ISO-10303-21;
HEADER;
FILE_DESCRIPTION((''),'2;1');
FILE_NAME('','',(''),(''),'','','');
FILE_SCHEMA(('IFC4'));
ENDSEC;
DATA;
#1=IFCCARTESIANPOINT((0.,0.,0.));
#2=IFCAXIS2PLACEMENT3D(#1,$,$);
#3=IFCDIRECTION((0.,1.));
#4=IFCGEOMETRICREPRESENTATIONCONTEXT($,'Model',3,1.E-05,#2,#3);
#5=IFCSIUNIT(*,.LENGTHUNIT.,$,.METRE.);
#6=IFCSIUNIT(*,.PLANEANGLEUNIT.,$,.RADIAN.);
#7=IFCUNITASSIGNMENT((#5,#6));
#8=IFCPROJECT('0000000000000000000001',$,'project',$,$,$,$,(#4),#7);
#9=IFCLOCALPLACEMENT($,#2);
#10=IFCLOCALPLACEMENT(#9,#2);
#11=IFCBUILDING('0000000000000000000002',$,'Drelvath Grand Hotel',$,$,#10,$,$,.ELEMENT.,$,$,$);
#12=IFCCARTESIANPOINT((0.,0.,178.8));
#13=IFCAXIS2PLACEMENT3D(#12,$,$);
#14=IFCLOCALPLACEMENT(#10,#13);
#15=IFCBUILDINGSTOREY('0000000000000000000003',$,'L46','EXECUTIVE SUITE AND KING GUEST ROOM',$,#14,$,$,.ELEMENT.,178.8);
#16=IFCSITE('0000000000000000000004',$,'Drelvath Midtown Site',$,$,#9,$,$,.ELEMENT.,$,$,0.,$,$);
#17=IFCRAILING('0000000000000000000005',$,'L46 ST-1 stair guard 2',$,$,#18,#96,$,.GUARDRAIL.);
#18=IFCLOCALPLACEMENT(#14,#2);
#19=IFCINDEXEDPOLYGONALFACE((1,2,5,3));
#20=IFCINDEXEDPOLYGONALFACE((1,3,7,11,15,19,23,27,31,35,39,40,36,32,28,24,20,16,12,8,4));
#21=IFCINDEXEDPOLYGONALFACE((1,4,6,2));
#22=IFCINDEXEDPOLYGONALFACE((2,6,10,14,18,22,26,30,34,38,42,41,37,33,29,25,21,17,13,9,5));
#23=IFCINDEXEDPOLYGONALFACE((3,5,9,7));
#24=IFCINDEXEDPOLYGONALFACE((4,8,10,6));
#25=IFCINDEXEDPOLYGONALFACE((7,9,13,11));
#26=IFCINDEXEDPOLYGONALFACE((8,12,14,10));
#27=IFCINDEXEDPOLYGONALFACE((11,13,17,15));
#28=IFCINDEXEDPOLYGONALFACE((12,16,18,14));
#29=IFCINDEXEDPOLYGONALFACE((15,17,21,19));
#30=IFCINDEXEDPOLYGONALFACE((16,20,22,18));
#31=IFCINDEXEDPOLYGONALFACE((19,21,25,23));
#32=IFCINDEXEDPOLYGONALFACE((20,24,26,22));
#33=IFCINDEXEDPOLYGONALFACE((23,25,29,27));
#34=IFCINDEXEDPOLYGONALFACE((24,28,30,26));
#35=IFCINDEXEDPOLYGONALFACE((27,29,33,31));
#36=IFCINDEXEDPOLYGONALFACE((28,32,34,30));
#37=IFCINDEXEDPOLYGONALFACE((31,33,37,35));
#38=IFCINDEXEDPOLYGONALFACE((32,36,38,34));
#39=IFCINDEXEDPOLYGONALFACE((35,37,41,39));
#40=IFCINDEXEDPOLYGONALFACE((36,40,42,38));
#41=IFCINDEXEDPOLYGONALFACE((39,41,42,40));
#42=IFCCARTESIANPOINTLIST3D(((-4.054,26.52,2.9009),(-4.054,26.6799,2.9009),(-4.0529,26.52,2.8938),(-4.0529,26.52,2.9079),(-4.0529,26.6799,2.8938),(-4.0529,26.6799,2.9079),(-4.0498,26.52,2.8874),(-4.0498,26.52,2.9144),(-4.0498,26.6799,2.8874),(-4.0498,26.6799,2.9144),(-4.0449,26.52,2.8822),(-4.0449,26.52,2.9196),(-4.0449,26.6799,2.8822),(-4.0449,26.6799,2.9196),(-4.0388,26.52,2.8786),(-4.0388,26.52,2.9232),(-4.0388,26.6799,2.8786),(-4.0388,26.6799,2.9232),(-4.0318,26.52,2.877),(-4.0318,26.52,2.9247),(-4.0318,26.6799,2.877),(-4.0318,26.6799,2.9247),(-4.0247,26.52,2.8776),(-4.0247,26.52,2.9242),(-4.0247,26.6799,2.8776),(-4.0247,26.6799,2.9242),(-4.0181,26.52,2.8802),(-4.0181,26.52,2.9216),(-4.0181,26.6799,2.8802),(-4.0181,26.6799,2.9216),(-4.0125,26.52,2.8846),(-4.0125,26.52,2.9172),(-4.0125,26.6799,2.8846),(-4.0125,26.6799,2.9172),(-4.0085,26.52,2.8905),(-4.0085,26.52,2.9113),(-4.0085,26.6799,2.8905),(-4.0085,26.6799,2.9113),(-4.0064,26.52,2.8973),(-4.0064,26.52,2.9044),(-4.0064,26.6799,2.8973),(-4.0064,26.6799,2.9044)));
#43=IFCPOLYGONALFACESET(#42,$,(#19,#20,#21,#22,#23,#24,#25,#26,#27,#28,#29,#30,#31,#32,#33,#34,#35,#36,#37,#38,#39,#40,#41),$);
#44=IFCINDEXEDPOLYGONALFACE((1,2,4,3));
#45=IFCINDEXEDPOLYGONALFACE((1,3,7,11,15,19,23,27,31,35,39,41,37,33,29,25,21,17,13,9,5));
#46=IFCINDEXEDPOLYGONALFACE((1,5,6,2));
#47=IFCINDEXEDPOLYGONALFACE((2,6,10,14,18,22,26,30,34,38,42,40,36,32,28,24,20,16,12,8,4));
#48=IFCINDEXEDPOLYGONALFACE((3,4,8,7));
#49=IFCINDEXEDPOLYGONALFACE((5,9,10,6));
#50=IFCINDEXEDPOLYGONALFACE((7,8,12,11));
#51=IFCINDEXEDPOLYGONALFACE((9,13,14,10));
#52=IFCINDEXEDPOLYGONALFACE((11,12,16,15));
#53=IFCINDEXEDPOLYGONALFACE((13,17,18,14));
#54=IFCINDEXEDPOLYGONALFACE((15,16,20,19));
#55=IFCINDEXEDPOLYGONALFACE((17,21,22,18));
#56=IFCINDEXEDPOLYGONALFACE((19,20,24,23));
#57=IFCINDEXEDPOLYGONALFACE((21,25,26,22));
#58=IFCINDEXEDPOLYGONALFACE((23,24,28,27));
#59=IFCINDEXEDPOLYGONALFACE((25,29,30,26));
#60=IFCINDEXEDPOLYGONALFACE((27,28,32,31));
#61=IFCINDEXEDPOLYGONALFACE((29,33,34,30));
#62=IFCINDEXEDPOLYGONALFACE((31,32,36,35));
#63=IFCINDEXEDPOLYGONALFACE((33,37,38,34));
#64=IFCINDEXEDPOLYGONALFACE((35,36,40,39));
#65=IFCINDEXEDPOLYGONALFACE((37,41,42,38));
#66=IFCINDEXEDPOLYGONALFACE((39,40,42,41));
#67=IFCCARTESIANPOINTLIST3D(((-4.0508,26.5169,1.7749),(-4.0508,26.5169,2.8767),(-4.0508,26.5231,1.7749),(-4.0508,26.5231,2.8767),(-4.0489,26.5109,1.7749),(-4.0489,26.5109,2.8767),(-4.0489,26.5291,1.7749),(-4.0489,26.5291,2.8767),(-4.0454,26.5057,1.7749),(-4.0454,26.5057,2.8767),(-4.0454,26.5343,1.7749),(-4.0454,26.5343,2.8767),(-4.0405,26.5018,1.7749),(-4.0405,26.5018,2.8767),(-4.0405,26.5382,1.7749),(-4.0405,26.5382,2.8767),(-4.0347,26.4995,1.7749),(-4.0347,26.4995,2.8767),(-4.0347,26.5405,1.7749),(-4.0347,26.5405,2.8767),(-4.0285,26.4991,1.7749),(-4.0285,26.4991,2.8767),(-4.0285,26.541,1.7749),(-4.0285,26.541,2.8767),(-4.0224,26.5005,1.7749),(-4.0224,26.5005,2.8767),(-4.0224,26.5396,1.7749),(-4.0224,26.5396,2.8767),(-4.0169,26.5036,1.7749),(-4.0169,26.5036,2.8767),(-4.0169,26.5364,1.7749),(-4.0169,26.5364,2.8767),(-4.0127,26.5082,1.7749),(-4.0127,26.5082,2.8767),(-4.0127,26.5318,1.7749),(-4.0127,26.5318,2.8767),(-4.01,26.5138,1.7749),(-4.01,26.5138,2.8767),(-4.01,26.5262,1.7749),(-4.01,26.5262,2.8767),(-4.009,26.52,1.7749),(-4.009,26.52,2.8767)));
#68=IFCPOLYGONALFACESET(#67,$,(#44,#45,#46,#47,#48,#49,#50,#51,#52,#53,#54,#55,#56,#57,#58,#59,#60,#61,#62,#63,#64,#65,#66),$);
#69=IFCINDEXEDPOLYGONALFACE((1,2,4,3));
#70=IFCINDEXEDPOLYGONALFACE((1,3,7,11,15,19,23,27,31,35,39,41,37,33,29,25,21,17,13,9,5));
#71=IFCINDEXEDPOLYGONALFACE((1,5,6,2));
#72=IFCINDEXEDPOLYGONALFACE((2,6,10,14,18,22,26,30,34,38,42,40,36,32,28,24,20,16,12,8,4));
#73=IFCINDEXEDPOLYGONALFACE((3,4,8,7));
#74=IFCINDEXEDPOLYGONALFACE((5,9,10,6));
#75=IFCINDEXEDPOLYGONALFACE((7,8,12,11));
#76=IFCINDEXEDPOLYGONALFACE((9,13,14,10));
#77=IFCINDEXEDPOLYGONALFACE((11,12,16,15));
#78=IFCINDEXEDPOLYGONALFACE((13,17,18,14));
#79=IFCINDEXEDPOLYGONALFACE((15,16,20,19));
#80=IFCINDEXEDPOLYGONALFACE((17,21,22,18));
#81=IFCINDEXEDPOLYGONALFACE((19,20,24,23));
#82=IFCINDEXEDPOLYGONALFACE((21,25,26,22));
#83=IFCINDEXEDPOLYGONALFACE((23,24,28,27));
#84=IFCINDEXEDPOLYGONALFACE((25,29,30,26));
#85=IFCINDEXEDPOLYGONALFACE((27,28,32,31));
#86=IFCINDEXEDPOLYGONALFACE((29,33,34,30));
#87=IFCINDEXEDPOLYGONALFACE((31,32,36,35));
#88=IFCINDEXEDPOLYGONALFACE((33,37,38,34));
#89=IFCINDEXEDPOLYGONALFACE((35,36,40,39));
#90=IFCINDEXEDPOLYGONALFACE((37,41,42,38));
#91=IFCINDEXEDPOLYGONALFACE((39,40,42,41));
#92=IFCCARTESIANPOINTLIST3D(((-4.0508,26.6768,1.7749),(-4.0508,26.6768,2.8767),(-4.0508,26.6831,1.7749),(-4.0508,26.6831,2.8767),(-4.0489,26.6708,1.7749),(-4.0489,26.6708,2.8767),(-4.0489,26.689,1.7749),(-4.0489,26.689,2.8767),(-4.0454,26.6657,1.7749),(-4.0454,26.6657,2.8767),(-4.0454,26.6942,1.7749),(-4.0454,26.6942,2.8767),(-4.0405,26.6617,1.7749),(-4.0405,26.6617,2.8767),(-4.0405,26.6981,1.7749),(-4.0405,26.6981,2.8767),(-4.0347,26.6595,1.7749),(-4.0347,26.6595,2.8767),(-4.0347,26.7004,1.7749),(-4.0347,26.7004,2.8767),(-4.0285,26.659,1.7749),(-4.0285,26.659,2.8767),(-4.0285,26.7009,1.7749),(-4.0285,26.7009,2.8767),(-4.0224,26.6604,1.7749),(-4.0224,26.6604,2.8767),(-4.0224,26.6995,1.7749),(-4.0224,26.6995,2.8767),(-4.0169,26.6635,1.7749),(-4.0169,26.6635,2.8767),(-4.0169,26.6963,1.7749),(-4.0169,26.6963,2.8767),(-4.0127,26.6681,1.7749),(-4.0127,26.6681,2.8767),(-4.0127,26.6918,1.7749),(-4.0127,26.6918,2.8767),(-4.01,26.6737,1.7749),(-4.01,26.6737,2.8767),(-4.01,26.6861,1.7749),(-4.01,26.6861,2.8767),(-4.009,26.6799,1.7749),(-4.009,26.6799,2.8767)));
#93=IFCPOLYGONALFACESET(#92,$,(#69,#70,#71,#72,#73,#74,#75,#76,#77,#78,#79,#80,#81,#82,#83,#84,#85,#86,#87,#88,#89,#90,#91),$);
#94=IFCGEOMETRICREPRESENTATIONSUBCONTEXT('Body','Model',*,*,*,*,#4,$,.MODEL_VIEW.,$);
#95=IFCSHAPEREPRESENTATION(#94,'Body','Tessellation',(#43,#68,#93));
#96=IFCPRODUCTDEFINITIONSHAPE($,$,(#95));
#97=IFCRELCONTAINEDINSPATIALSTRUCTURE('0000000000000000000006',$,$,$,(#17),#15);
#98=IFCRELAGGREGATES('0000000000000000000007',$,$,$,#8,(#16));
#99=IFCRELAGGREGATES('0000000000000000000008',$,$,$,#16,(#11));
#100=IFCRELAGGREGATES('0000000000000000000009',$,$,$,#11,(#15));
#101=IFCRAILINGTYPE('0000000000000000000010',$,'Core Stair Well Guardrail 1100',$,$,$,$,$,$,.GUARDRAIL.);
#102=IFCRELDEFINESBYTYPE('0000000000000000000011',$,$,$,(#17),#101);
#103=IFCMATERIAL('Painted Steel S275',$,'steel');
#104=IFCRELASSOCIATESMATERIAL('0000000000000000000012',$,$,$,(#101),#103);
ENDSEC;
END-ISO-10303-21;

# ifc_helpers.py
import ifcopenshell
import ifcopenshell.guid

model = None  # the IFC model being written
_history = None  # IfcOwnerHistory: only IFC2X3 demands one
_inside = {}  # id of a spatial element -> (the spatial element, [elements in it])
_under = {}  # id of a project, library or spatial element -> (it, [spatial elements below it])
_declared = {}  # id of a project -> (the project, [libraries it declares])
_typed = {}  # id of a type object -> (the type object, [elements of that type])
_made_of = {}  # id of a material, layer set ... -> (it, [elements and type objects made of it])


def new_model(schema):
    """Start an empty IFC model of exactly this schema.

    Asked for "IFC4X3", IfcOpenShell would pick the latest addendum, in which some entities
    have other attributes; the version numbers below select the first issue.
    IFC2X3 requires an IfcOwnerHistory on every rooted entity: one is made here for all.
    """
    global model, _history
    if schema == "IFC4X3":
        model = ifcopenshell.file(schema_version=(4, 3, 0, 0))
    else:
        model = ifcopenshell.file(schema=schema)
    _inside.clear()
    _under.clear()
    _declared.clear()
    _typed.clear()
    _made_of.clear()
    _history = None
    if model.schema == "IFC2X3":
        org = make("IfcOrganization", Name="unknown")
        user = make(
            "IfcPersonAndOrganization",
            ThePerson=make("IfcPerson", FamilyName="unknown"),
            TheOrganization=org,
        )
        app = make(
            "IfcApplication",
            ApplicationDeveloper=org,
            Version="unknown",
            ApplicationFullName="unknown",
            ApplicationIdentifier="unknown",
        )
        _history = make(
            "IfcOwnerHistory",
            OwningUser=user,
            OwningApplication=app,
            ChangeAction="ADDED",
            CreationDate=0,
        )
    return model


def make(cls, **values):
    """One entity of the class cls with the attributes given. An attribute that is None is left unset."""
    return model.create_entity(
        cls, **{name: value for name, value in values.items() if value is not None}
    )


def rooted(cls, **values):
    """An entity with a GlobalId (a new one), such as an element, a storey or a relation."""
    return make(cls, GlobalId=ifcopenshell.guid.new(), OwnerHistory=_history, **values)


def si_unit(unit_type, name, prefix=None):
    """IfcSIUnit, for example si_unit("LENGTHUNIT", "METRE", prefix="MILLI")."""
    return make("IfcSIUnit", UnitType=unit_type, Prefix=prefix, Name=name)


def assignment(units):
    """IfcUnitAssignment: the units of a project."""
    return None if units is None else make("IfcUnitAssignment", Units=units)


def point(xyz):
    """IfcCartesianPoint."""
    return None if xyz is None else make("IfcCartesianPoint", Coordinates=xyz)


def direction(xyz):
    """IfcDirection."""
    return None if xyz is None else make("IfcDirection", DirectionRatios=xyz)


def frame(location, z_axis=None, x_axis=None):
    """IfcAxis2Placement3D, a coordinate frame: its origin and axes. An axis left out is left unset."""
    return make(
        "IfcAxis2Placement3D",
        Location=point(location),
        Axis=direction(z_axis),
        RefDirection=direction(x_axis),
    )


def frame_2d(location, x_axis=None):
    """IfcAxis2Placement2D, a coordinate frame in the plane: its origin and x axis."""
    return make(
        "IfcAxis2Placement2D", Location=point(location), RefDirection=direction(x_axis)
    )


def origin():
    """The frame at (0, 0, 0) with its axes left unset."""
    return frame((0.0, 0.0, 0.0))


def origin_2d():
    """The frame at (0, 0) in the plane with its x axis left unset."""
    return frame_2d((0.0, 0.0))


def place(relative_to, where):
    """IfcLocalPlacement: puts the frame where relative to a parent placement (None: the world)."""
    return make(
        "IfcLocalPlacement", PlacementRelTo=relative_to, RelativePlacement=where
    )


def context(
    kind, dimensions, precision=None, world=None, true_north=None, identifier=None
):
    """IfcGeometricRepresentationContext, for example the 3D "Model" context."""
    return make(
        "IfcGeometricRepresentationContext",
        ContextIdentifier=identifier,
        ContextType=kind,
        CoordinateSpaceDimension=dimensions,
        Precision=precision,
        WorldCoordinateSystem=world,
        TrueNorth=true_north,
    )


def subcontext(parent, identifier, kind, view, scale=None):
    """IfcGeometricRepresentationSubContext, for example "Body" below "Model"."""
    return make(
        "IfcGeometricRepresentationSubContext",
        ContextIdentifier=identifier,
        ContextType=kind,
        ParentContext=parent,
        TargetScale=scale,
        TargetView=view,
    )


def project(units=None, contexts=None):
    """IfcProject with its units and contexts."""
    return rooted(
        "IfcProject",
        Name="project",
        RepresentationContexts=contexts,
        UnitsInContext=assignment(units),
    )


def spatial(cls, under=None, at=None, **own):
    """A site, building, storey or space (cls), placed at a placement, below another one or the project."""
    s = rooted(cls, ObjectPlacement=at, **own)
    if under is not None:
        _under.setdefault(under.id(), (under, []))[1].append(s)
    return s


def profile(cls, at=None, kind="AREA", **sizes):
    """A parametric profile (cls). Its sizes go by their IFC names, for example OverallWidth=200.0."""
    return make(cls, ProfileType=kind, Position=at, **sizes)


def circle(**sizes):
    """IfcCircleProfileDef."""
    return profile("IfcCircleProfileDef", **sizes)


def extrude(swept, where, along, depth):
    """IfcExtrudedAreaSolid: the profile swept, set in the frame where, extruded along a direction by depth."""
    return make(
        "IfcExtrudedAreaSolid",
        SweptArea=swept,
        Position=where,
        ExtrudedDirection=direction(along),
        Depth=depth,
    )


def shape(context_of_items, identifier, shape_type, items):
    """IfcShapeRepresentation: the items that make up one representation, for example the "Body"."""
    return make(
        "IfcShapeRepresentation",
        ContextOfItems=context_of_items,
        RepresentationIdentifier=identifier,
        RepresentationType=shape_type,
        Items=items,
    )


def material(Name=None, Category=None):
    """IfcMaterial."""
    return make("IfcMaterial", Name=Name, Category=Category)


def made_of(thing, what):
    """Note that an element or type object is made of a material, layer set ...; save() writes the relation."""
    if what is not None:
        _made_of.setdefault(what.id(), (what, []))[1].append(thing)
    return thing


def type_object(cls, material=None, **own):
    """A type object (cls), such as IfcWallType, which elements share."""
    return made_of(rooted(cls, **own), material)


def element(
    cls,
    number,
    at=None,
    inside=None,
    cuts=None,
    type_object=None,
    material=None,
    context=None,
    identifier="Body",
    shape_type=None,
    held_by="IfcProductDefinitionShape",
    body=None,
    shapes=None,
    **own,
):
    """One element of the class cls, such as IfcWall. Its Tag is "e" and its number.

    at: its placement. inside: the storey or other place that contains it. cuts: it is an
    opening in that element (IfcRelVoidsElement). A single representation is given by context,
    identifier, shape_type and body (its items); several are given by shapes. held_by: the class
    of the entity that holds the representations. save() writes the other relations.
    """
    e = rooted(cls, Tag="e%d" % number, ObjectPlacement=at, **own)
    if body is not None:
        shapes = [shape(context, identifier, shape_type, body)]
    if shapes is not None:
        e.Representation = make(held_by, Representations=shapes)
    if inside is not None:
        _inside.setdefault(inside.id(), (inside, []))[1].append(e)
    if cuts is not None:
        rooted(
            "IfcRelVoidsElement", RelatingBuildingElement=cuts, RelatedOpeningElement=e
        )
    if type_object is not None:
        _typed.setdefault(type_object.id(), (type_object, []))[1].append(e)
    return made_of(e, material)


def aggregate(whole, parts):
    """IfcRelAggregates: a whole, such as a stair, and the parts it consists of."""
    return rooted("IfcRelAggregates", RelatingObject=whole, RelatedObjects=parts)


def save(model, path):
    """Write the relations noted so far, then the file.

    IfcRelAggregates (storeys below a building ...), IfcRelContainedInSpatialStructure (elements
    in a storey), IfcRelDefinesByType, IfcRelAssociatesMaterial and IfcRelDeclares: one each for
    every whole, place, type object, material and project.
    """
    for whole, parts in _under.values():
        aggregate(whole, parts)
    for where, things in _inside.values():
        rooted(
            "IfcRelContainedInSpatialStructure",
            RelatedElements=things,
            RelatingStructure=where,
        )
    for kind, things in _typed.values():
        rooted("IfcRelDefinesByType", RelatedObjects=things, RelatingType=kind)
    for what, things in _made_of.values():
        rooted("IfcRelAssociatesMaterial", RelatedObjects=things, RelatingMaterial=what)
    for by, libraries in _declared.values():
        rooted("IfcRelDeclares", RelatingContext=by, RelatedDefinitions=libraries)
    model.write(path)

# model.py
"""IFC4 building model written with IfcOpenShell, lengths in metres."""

from ifc_helpers import new_model, si_unit, direction, frame, origin, origin_2d, place, context, subcontext, project, spatial, circle, extrude, material, type_object, element, save


model = new_model("IFC4")

# Units and contexts
model_context = context("Model", 3, precision=1e-05, world=origin(), true_north=direction((0.0, 1.0)))
body_context = subcontext(model_context, "Body", "Model", "MODEL_VIEW")
ifc_project = project(units=[si_unit("LENGTHUNIT", "METRE"), si_unit("PLANEANGLEUNIT", "RADIAN")], contexts=[model_context])

# Site, building, storey
site_placement = place(None, origin())
site = spatial("IfcSite", under=ifc_project, at=site_placement, Name="Drelvath Midtown Site", CompositionType="ELEMENT", RefElevation=0.0)
building_placement = place(site_placement, origin())
building = spatial("IfcBuilding", under=site, at=building_placement, Name="Drelvath Grand Hotel", CompositionType="ELEMENT")
storey_placement = place(building_placement, frame((0.0, 0.0, 178.8)))
storey = spatial("IfcBuildingStorey", under=building, at=storey_placement, Name="L46", Description="EXECUTIVE SUITE AND KING GUEST ROOM", CompositionType="ELEMENT", Elevation=178.8)

# Shared definitions
ifc_material_1 = material(Name="Painted Steel S275", Category="steel")

# Railing
railing_type_1 = type_object("IfcRailingType", Name="Core Stair Well Guardrail 1100", PredefinedType="GUARDRAIL", material=ifc_material_1)
railing_1_placement = place(storey_placement, frame((-4.03, 26.52, 1.7749)))
element("IfcRailing", 1, at=railing_1_placement, inside=storey, type_object=railing_type_1, Name="L46 ST-1 stair guard 2", PredefinedType="GUARDRAIL", context=body_context, shape_type="SweptSolid", body=[
    extrude(circle(Radius=0.0239, at=origin_2d()), frame((0.0, 0.0, 1.126), z_axis=(0.0, 1.0, 0.0), x_axis=(-1.0, 0.0, 0.0)), (0.0, 0.0, 1.0), 0.1599),
    extrude(circle(Radius=0.021, at=origin_2d()), origin(), (0.0, 0.0, 1.0), 1.1018),
    extrude(circle(Radius=0.021, at=origin_2d()), frame((0.0, 0.1599, 0.0)), (0.0, 0.0, 1.0), 1.1018),
])

save(model, "model.ifc")
